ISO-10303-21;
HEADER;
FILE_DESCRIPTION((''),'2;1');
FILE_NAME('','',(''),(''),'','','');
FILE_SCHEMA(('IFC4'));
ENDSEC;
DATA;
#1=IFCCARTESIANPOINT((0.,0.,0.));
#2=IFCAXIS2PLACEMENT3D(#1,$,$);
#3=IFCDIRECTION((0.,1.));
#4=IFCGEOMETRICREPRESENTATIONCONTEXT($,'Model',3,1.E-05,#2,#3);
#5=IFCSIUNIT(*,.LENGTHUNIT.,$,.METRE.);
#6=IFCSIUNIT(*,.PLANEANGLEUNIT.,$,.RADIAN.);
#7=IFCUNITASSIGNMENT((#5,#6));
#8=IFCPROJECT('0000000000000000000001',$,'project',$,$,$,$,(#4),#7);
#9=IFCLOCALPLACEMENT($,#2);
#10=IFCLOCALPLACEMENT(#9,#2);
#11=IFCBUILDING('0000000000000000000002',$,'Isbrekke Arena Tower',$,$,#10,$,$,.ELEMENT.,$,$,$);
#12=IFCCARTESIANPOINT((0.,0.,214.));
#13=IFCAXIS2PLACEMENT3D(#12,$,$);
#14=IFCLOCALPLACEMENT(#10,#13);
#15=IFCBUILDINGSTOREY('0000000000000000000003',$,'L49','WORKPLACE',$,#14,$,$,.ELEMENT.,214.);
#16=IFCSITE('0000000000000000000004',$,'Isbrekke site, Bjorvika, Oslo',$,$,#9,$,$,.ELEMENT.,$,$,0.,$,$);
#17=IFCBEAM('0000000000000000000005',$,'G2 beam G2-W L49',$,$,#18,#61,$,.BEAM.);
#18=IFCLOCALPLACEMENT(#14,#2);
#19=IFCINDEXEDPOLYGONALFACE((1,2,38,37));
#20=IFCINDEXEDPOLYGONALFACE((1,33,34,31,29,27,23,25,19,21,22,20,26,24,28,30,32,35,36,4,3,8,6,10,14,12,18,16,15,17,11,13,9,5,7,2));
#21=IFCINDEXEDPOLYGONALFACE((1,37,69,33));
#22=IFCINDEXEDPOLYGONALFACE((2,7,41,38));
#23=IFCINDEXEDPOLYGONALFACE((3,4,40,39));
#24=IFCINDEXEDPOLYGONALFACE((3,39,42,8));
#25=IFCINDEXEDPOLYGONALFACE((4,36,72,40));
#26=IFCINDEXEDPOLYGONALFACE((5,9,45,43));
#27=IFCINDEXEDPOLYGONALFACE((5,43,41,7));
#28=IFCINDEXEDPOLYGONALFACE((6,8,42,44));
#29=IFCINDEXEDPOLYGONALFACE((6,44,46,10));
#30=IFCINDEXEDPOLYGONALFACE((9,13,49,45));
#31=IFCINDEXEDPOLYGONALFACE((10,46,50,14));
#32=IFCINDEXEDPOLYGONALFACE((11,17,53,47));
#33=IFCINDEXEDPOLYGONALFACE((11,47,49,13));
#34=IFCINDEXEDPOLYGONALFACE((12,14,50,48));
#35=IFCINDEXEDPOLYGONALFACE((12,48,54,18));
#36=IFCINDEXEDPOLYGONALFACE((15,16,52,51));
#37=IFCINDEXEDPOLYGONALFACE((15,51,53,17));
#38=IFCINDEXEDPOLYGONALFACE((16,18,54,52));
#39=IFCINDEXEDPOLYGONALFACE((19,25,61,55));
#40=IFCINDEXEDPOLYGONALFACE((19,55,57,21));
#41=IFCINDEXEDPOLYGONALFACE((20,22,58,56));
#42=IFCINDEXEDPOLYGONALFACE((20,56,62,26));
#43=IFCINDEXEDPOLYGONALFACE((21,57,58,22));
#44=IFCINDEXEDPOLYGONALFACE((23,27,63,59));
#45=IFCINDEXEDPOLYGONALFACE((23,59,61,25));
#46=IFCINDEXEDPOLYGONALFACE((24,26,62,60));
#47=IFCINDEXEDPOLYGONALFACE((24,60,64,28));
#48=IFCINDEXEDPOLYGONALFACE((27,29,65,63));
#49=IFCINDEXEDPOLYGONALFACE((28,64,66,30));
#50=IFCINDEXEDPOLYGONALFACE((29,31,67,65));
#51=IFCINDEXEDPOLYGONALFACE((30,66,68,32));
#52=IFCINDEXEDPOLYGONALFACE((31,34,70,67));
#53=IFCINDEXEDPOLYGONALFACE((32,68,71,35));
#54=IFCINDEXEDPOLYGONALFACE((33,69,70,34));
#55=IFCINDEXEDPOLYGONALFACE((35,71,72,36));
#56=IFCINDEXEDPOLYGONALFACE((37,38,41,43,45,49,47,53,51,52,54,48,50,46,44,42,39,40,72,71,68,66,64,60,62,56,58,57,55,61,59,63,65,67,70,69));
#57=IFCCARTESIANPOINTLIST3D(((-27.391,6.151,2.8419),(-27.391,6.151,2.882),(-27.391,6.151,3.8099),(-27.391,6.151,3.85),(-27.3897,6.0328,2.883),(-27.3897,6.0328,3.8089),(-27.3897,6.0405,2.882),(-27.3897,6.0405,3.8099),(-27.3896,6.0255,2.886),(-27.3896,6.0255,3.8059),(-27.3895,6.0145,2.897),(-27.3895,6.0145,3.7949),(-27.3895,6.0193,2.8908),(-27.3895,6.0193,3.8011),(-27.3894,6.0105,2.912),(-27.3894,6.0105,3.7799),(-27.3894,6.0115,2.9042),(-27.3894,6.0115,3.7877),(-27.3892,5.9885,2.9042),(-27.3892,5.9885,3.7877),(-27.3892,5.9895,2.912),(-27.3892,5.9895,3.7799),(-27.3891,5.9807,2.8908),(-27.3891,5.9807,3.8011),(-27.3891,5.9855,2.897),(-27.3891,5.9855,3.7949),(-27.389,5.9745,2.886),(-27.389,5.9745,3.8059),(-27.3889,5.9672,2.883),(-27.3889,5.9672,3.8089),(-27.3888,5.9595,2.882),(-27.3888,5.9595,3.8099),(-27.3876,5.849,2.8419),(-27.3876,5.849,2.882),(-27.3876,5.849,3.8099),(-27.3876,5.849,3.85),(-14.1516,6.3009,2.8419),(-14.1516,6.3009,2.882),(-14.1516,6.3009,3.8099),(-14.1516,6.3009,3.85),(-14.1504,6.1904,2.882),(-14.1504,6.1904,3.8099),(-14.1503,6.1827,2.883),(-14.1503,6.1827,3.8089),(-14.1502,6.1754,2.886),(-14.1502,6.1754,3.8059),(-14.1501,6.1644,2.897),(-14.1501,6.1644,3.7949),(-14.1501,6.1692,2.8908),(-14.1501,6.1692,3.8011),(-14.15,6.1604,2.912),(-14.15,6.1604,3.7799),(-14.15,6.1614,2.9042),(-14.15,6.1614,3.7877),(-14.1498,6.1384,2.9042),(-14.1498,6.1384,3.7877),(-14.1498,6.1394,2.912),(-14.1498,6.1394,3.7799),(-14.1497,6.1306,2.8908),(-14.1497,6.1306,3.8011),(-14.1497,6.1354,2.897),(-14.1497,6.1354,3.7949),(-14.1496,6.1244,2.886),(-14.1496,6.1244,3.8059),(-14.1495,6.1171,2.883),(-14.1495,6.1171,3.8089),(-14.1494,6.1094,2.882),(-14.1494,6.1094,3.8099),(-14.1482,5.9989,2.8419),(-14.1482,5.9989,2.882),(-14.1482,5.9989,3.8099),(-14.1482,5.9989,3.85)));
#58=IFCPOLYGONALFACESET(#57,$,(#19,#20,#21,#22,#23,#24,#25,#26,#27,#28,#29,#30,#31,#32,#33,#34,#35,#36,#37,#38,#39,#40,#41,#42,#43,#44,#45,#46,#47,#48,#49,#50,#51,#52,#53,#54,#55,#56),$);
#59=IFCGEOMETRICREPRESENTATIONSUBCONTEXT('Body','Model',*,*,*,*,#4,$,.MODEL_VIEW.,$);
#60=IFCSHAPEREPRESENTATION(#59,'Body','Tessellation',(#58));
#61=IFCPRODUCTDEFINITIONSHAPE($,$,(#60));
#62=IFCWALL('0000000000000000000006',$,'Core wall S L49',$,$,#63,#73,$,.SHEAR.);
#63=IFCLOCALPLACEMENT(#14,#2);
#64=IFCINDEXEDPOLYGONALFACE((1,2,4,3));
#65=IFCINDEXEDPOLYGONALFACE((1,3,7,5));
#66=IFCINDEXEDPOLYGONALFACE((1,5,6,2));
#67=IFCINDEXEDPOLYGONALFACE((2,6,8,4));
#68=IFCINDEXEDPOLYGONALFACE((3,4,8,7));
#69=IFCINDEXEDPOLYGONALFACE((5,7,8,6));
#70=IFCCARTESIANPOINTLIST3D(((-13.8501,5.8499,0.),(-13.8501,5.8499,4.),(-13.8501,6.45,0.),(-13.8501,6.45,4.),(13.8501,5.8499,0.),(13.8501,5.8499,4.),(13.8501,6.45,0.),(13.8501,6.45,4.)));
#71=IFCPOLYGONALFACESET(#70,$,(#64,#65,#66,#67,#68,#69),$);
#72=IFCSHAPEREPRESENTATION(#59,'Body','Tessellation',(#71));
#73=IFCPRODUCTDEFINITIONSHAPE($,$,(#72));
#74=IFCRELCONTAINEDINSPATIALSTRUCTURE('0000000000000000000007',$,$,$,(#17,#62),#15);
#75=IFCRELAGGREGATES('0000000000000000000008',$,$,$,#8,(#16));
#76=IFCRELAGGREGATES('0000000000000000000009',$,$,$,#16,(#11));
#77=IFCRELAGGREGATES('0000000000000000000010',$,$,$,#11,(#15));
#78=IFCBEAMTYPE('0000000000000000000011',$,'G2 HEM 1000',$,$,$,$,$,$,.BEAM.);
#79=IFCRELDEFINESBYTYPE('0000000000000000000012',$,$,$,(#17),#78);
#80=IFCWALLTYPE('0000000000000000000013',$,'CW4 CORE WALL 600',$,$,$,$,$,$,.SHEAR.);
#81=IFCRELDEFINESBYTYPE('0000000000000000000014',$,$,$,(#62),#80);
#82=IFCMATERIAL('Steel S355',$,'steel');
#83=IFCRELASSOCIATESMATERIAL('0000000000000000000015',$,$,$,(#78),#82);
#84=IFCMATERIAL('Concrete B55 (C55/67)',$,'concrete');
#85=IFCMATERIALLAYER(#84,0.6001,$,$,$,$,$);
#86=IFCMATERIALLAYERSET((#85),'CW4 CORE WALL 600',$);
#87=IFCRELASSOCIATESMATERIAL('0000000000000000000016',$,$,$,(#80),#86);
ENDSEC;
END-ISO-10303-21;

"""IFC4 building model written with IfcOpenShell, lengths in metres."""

from ifc_helpers import new_model, si_unit, direction, frame, frame_2d, origin, origin_2d, place, context, subcontext, project, spatial, rectangle, i_section, extrude, material, layer, layer_set, material_profile, profile_set, type_object, element, save


model = new_model("IFC4")

# Units and contexts
model_context = context("Model", 3, precision=1e-05, world=origin(), true_north=direction((0.0, 1.0)))
body_context = subcontext(model_context, "Body", "Model", "MODEL_VIEW")
ifc_project = project(units=[si_unit("LENGTHUNIT", "METRE"), si_unit("PLANEANGLEUNIT", "RADIAN")], contexts=[model_context])

# Site, building, storey
site_placement = place(None, origin())
site = spatial("IfcSite", under=ifc_project, at=site_placement, Name="Isbrekke site, Bjorvika, Oslo", CompositionType="ELEMENT", RefElevation=0.0)
building_placement = place(site_placement, origin())
building = spatial("IfcBuilding", under=site, at=building_placement, Name="Isbrekke Arena Tower", CompositionType="ELEMENT")
storey_placement = place(building_placement, frame((0.0, 0.0, 214.0)))
storey = spatial("IfcBuildingStorey", under=building, at=storey_placement, Name="L49", Description="WORKPLACE", CompositionType="ELEMENT", Elevation=214.0)

# Beam
ifc_material_1 = material(Name="Steel S355", Category="steel")
ifc_material_profile = material_profile(ifc_material_1, i_section(OverallWidth=0.302, OverallDepth=1.0081, WebThickness=0.021, FlangeThickness=0.04, FilletRadius=0.03, at=origin_2d()), Name="HEM 1000")
ifc_profile_set = profile_set([ifc_material_profile], Name="Steel S355")
beam_type = type_object("IfcBeamType", Name="G2 HEM 1000", PredefinedType="BEAM", material=ifc_profile_set)
beam_placement = place(storey_placement, frame((-14.1499, 6.1499, 3.3459), z_axis=(-0.999936, -0.011322, 0.0), x_axis=(0.011322, -0.999936, 0.0)))
element("IfcBeam", 1, at=beam_placement, inside=storey, type_object=beam_type, Name="G2 beam G2-W L49", PredefinedType="BEAM", context=body_context, shape_type="SweptSolid", body=[
    extrude(i_section(OverallWidth=0.302, OverallDepth=1.0081, WebThickness=0.021, FlangeThickness=0.04, FilletRadius=0.03, at=origin_2d()), origin(), (0.0, 0.0, 1.0), 13.2402),
])

# Wall
ifc_material_2 = material(Name="Concrete B55 (C55/67)", Category="concrete")
ifc_layer_1 = layer(ifc_material_2, 0.6001)
ifc_layer_set_1 = layer_set([ifc_layer_1], Name="CW4 CORE WALL 600")
wall_type_1 = type_object("IfcWallType", Name="CW4 CORE WALL 600", PredefinedType="SHEAR", material=ifc_layer_set_1)
wall_1_placement = place(storey_placement, frame((-13.8501, 6.1499, 0.0), z_axis=(0.0, 0.0, 1.0), x_axis=(1.0, 0.0, 0.0)))
element("IfcWall", 2, at=wall_1_placement, inside=storey, type_object=wall_type_1, Name="Core wall S L49", PredefinedType="SHEAR", context=body_context, shape_type="SweptSolid", body=[
    extrude(rectangle(XDim=27.7002, YDim=0.6001, at=frame_2d((13.8501, 0.0))), origin(), (0.0, 0.0, 1.0), 4.0),
])

save(model, "model.ifc")
